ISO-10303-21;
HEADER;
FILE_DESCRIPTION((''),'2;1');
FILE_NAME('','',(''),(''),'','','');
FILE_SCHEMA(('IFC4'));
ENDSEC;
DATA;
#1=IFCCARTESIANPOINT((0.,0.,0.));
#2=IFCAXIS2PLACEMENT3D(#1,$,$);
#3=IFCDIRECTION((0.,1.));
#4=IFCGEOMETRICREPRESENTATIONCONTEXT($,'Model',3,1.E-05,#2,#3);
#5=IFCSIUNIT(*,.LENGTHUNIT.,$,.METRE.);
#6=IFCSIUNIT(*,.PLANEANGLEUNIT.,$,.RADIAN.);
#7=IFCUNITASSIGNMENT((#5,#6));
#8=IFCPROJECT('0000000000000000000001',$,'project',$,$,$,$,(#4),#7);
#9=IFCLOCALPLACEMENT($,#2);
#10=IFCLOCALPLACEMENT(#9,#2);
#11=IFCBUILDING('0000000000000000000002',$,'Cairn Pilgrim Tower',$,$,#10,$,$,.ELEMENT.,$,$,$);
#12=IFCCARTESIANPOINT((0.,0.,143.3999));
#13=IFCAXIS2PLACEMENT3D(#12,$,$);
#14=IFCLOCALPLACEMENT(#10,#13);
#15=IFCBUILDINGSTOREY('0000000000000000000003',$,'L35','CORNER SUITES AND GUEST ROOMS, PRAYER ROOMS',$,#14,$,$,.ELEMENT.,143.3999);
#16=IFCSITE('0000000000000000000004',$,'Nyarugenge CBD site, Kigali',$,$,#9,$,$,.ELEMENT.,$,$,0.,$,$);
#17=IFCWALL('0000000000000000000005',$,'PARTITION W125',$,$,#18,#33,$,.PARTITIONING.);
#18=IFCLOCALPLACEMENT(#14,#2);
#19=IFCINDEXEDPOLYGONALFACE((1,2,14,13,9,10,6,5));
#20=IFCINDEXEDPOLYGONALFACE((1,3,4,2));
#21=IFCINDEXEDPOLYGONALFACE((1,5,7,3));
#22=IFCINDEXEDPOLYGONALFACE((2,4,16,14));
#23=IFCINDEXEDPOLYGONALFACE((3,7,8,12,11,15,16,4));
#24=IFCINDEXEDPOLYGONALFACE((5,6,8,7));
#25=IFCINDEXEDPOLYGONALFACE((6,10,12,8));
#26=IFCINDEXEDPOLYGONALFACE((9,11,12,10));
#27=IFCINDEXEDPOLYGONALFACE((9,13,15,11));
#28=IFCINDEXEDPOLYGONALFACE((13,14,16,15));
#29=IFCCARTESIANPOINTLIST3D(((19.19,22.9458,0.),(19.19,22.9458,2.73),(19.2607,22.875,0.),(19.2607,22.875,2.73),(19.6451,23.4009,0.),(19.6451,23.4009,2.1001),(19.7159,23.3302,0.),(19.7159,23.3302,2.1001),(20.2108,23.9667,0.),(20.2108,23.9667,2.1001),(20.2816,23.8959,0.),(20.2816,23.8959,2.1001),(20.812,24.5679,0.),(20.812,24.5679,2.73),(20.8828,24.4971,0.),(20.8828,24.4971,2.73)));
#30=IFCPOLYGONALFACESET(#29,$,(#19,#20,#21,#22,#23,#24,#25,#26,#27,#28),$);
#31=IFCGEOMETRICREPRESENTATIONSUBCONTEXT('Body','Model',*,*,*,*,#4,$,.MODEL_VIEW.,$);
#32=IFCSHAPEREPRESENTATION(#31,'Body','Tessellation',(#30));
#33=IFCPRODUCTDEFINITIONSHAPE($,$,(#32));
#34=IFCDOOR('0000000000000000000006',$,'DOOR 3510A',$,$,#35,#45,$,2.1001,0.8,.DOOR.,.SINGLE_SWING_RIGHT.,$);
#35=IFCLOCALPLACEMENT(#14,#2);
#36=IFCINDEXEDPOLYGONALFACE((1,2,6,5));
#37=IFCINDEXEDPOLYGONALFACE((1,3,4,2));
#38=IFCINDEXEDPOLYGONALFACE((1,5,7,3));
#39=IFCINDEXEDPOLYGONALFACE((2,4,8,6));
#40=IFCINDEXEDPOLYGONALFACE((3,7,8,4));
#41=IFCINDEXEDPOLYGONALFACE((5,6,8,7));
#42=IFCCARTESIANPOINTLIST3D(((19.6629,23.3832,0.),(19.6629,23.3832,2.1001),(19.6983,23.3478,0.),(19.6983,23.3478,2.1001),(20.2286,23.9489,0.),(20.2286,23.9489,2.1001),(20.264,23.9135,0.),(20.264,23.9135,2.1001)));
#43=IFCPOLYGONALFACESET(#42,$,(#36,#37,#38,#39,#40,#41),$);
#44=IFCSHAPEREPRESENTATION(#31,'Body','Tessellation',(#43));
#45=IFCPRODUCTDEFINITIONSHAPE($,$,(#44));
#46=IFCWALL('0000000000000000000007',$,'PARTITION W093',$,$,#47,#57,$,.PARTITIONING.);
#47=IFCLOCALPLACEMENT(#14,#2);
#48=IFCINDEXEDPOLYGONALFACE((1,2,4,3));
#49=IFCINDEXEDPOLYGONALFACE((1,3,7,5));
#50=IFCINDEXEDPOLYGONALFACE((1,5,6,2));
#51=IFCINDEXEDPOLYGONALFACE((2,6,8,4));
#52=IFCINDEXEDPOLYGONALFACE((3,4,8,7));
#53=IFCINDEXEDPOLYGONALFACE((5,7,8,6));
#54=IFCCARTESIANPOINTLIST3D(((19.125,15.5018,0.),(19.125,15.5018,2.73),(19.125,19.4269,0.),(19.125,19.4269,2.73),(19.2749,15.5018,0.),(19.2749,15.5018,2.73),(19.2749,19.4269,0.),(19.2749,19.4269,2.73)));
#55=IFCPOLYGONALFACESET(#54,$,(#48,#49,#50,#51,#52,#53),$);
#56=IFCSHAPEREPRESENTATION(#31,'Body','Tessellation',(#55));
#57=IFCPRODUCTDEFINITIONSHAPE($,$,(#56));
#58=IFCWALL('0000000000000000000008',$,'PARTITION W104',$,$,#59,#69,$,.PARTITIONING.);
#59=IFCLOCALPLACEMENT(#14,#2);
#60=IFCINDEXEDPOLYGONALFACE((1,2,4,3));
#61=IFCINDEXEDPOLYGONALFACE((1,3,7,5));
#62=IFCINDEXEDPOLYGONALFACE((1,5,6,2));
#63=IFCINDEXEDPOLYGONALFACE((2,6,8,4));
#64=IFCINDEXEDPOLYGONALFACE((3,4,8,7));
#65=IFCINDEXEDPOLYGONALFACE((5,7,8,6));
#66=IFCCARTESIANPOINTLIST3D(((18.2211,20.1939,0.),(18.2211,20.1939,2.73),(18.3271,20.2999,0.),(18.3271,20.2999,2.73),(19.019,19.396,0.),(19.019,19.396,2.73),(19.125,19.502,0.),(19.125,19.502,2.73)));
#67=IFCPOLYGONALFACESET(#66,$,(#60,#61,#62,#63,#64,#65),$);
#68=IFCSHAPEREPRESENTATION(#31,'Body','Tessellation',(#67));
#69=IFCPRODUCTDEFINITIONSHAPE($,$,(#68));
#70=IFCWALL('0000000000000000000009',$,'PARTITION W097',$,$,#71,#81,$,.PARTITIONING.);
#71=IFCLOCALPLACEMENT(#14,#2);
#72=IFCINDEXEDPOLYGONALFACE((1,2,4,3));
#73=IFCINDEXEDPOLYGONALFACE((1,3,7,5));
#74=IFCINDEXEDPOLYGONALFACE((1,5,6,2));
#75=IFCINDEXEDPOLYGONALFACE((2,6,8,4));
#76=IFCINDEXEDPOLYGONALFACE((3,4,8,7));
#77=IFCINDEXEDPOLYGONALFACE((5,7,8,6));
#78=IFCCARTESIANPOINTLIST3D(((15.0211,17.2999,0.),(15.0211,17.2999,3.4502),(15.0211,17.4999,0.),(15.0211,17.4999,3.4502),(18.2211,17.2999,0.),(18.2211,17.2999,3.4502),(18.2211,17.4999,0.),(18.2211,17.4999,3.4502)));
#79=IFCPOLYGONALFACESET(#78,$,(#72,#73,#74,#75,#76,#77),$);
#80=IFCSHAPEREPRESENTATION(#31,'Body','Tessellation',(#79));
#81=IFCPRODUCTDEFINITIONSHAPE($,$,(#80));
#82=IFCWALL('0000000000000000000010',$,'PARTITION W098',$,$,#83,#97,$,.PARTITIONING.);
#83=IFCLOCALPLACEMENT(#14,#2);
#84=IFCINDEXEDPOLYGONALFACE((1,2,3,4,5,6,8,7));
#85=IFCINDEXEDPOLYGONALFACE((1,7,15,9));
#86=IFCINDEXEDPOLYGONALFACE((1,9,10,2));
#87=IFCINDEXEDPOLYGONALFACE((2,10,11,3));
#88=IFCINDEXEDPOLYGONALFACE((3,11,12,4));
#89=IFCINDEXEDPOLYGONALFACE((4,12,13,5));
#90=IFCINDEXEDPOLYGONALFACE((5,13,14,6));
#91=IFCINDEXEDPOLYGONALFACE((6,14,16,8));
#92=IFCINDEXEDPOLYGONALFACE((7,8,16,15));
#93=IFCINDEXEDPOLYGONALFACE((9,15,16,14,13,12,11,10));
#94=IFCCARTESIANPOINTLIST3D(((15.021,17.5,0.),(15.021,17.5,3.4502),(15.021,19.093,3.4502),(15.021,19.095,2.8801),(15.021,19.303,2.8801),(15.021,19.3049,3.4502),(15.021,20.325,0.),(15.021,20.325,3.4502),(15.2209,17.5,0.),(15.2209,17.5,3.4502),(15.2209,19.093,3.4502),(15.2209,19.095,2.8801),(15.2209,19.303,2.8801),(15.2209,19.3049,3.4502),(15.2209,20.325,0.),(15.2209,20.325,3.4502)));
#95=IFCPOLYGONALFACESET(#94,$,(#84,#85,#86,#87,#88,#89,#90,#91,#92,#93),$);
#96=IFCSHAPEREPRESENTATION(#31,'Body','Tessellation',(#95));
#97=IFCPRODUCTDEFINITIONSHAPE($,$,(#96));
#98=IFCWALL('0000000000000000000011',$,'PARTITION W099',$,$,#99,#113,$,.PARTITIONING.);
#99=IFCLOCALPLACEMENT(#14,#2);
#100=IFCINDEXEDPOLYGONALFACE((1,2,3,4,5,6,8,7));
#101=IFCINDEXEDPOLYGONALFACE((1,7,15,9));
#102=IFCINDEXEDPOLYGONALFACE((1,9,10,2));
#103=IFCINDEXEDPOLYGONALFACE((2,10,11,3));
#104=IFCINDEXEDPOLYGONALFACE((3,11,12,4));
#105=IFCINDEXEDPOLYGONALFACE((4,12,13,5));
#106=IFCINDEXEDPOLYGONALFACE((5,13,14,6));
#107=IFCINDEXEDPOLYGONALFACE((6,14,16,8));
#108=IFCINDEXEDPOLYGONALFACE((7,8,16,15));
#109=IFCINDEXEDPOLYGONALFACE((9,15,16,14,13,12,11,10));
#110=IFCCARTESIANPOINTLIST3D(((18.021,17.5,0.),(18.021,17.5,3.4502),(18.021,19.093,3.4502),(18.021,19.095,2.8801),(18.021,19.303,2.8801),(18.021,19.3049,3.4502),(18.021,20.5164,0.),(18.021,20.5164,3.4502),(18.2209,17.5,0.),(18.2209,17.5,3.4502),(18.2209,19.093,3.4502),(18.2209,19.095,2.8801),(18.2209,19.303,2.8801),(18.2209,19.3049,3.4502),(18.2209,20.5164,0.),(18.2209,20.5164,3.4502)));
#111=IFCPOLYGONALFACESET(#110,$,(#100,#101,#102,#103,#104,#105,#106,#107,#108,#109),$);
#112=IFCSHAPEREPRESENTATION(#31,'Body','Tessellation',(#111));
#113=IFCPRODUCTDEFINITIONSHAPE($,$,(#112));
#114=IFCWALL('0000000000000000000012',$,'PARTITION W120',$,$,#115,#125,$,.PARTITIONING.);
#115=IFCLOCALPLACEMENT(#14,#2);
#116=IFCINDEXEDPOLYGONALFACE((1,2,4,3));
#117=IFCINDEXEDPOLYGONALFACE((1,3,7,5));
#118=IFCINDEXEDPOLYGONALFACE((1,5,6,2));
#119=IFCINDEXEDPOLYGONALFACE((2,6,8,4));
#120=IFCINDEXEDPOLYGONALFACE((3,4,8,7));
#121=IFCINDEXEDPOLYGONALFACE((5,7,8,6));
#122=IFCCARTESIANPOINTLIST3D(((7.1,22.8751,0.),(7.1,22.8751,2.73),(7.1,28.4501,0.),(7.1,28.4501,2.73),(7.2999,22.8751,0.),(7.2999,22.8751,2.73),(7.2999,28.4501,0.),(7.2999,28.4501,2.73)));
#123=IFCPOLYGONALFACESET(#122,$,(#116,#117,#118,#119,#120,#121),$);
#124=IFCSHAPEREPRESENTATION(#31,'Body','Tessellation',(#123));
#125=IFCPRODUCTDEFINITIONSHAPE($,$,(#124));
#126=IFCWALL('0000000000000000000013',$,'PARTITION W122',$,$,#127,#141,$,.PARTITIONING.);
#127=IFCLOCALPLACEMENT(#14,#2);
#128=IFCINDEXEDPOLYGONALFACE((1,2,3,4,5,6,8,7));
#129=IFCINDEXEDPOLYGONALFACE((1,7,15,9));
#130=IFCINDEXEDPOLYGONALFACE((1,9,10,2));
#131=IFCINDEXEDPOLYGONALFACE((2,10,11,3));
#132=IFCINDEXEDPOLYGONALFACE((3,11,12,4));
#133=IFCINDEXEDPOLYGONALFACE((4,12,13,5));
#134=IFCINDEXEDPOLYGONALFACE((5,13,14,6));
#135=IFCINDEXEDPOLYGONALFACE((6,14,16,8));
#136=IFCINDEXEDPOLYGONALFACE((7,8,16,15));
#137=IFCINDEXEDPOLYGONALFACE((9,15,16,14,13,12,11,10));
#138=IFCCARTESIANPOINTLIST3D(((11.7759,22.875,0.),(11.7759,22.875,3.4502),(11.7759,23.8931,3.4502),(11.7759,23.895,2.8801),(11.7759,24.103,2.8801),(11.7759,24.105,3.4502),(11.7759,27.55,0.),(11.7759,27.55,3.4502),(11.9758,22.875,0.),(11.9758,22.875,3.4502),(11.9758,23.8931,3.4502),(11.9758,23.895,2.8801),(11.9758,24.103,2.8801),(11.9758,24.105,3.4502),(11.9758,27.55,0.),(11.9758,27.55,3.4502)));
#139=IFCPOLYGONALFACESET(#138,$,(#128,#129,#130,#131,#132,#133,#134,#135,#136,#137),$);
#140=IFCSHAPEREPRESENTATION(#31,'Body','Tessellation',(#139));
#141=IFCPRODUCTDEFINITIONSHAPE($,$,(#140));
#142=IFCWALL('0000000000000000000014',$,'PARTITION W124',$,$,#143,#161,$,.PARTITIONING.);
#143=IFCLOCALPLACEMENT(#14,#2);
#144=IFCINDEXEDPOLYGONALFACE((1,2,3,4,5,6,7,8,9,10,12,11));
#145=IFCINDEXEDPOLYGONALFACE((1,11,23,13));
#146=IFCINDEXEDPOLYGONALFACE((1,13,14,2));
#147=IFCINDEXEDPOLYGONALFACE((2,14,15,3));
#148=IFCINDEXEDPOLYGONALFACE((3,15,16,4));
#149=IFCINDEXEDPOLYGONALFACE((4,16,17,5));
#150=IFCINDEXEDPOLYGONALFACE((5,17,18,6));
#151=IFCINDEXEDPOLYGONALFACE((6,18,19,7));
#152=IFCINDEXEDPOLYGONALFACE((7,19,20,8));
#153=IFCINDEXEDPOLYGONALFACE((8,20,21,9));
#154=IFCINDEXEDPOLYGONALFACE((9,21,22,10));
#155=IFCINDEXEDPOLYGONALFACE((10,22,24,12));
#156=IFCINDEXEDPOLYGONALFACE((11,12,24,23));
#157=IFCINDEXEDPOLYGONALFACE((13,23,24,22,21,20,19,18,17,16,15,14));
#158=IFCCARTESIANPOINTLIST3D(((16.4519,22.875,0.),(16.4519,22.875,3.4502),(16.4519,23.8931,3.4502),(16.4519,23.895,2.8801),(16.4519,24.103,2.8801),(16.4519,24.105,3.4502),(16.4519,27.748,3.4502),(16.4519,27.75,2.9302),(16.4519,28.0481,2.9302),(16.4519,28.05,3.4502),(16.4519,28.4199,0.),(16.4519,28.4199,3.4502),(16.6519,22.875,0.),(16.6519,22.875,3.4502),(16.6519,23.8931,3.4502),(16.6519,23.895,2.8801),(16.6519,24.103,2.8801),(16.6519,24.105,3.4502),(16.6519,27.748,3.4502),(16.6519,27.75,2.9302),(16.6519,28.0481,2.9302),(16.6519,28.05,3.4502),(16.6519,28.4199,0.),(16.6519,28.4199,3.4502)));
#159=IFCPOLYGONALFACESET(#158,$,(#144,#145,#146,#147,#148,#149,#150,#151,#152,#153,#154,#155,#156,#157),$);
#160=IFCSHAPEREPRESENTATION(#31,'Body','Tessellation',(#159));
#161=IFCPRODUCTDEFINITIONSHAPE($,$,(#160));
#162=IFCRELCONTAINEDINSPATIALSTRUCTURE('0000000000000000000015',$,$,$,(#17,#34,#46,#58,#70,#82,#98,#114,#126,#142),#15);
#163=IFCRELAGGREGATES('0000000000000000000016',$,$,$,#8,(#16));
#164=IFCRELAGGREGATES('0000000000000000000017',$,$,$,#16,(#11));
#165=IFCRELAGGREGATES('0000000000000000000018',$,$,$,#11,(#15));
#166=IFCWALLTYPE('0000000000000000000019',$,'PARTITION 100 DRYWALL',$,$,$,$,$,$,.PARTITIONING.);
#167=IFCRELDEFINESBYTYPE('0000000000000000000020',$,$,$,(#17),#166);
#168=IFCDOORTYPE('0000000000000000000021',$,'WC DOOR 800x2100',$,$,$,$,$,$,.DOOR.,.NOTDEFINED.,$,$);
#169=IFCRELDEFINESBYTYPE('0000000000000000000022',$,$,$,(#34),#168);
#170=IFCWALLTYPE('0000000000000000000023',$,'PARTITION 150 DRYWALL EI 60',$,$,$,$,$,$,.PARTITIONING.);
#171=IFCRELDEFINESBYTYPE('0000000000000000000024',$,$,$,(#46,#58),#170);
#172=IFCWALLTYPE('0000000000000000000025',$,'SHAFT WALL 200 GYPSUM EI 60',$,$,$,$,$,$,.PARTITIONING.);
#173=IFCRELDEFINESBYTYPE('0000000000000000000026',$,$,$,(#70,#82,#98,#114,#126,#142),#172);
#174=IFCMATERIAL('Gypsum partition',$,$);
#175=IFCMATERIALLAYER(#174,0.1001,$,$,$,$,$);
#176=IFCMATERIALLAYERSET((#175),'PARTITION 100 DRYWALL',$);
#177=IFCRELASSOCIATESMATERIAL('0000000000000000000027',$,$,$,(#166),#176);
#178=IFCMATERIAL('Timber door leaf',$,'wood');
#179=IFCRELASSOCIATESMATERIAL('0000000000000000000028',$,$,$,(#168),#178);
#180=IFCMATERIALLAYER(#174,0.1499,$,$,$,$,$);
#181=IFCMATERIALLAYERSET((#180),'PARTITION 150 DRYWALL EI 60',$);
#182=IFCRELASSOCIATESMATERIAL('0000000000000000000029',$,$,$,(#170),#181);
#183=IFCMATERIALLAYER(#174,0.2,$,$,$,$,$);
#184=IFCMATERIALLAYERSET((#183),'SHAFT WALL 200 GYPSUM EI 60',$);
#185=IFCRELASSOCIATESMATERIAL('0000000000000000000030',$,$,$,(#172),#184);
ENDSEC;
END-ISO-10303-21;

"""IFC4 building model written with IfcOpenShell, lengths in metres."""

from ifc_helpers import new_model, si_unit, direction, frame, frame_2d, origin, place, context, subcontext, project, spatial, polyline, rectangle, outline, extrude, material, layer, layer_set, type_object, element, fill, save


model = new_model("IFC4")

# Units and contexts
model_context = context("Model", 3, precision=1e-05, world=origin(), true_north=direction((0.0, 1.0)))
body_context = subcontext(model_context, "Body", "Model", "MODEL_VIEW")
ifc_project = project(units=[si_unit("LENGTHUNIT", "METRE"), si_unit("PLANEANGLEUNIT", "RADIAN")], contexts=[model_context])

# Site, building, storey
site_placement = place(None, origin())
site = spatial("IfcSite", under=ifc_project, at=site_placement, Name="Nyarugenge CBD site, Kigali", CompositionType="ELEMENT", RefElevation=0.0)
building_placement = place(site_placement, origin())
building = spatial("IfcBuilding", under=site, at=building_placement, Name="Cairn Pilgrim Tower", CompositionType="ELEMENT")
storey_placement = place(building_placement, frame((0.0, 0.0, 143.3999)))
storey = spatial("IfcBuildingStorey", under=building, at=storey_placement, Name="L35", Description="CORNER SUITES AND GUEST ROOMS, PRAYER ROOMS", CompositionType="ELEMENT", Elevation=143.3999)

# Shared definitions
ifc_material_1 = material(Name="Gypsum partition")
ifc_layer_1 = layer(ifc_material_1, 0.1001)
ifc_layer_set_1 = layer_set([ifc_layer_1], Name="PARTITION 100 DRYWALL")
wall_type_1 = type_object("IfcWallType", Name="PARTITION 100 DRYWALL", PredefinedType="PARTITIONING", material=ifc_layer_set_1)

# Wall, opening, door
wall_1_placement = place(storey_placement, frame((19.2253, 22.9104, 0.0), z_axis=(0.0, 0.0, 1.0), x_axis=(0.707107, 0.707107, 0.0)))
wall_1 = element("IfcWall", 1, at=wall_1_placement, inside=storey, type_object=wall_type_1, Name="PARTITION W125", PredefinedType="PARTITIONING", context=body_context, shape_type="SweptSolid", body=[
    extrude(rectangle(XDim=2.2939, YDim=0.1001, at=frame_2d((1.147, 0.0))), origin(), (0.0, 0.0, 1.0), 2.73),
])
opening_placement = place(wall_1_placement, frame((0.6438, 0.0, 0.0)))
opening = element("IfcOpeningElement", 2, at=opening_placement, cuts=wall_1, PredefinedType="OPENING", context=body_context, shape_type="SweptSolid", body=[
    extrude(rectangle(XDim=0.8, YDim=2.1001, at=frame_2d((0.3999, 1.05))), frame((0.0, 0.0601, 0.0), z_axis=(0.0, -1.0, 0.0), x_axis=(1.0, 0.0, 0.0)), (0.0, 0.0, 1.0), 0.1201),
])
ifc_material_2 = material(Name="Timber door leaf", Category="wood")
door_type = type_object("IfcDoorType", Name="WC DOOR 800x2100", OperationType="NOTDEFINED", PredefinedType="DOOR", material=ifc_material_2)
door_placement = place(opening_placement, origin())
door = element("IfcDoor", 3, at=door_placement, inside=storey, type_object=door_type, Name="DOOR 3510A", OperationType="SINGLE_SWING_RIGHT", OverallHeight=2.1001, OverallWidth=0.8, PredefinedType="DOOR", context=body_context, shape_type="SweptSolid", body=[
    extrude(rectangle(XDim=0.8, YDim=2.1001, at=frame_2d((0.3999, 1.05))), frame((0.0, 0.0249, 0.0), z_axis=(0.0, -1.0, 0.0), x_axis=(1.0, 0.0, 0.0)), (0.0, 0.0, 1.0), 0.05),
])
fill(opening, door)

# Walls
ifc_layer_2 = layer(ifc_material_1, 0.1499)
ifc_layer_set_2 = layer_set([ifc_layer_2], Name="PARTITION 150 DRYWALL EI 60")
wall_type_2 = type_object("IfcWallType", Name="PARTITION 150 DRYWALL EI 60", PredefinedType="PARTITIONING", material=ifc_layer_set_2)
wall_2_placement = place(storey_placement, frame((19.2, 15.502, 0.0), z_axis=(0.0, 0.0, 1.0), x_axis=(0.0, 1.0, 0.0)))
element("IfcWall", 4, at=wall_2_placement, inside=storey, type_object=wall_type_2, Name="PARTITION W093", PredefinedType="PARTITIONING", context=body_context, shape_type="SweptSolid", body=[
    extrude(rectangle(XDim=3.925, YDim=0.1499, at=frame_2d((1.9624, 0.0))), origin(), (0.0, 0.0, 1.0), 2.73),
])
wall_3_placement = place(storey_placement, frame((19.072, 19.449, 0.0), z_axis=(0.0, 0.0, 1.0), x_axis=(-0.707107, 0.707107, 0.0)))
element("IfcWall", 5, at=wall_3_placement, inside=storey, type_object=wall_type_2, Name="PARTITION W104", PredefinedType="PARTITIONING", context=body_context, shape_type="SweptSolid", body=[
    extrude(rectangle(XDim=1.1284, YDim=0.1499, at=frame_2d((0.5642, 0.0))), origin(), (0.0, 0.0, 1.0), 2.73),
])
ifc_layer_3 = layer(ifc_material_1, 0.2)
ifc_layer_set_3 = layer_set([ifc_layer_3], Name="SHAFT WALL 200 GYPSUM EI 60")
wall_type_3 = type_object("IfcWallType", Name="SHAFT WALL 200 GYPSUM EI 60", PredefinedType="PARTITIONING", material=ifc_layer_set_3)
wall_4_placement = place(storey_placement, frame((15.021, 17.3999, 0.0), z_axis=(0.0, 0.0, 1.0), x_axis=(1.0, 0.0, 0.0)))
element("IfcWall", 6, at=wall_4_placement, inside=storey, type_object=wall_type_3, Name="PARTITION W097", PredefinedType="PARTITIONING", context=body_context, shape_type="SweptSolid", body=[
    extrude(rectangle(XDim=3.2, YDim=0.2, at=frame_2d((1.6001, 0.0))), origin(), (0.0, 0.0, 1.0), 3.4502),
])
wall_5_placement = place(storey_placement, frame((15.1211, 17.5, 0.0), z_axis=(0.0, 0.0, 1.0), x_axis=(0.0, 1.0, 0.0)))
element("IfcWall", 7, at=wall_5_placement, inside=storey, type_object=wall_type_3, Name="PARTITION W098", PredefinedType="PARTITIONING", context=body_context, shape_type="SweptSolid", body=[
    extrude(outline(polyline([(0.0, 0.0), (2.825, 0.0), (2.825, 3.4502), (1.8049, 3.4502), (1.803, 2.8801), (1.595, 2.8801), (1.593, 3.4502), (0.0, 3.4502), (0.0, 0.0)])), frame((0.0, 0.1001, 0.0), z_axis=(0.0, -1.0, 0.0), x_axis=(1.0, 0.0, 0.0)), (0.0, 0.0, 1.0), 0.2),
])
wall_6_placement = place(storey_placement, frame((18.1211, 17.5, 0.0), z_axis=(0.0, 0.0, 1.0), x_axis=(0.0, 1.0, 0.0)))
element("IfcWall", 8, at=wall_6_placement, inside=storey, type_object=wall_type_3, Name="PARTITION W099", PredefinedType="PARTITIONING", context=body_context, shape_type="SweptSolid", body=[
    extrude(outline(polyline([(0.0, 0.0), (3.0164, 0.0), (3.0164, 3.4502), (1.8049, 3.4502), (1.803, 2.8801), (1.595, 2.8801), (1.593, 3.4502), (0.0, 3.4502), (0.0, 0.0)])), frame((0.0, 0.1001, 0.0), z_axis=(0.0, -1.0, 0.0), x_axis=(1.0, 0.0, 0.0)), (0.0, 0.0, 1.0), 0.2),
])
wall_7_placement = place(storey_placement, frame((7.2, 22.875, 0.0), z_axis=(0.0, 0.0, 1.0), x_axis=(0.0, 1.0, 0.0)))
element("IfcWall", 9, at=wall_7_placement, inside=storey, type_object=wall_type_3, Name="PARTITION W120", PredefinedType="PARTITIONING", context=body_context, shape_type="SweptSolid", body=[
    extrude(rectangle(XDim=5.575, YDim=0.2, at=frame_2d((2.7876, 0.0))), origin(), (0.0, 0.0, 1.0), 2.73),
])
wall_8_placement = place(storey_placement, frame((11.876, 22.875, 0.0), z_axis=(0.0, 0.0, 1.0), x_axis=(0.0, 1.0, 0.0)))
element("IfcWall", 10, at=wall_8_placement, inside=storey, type_object=wall_type_3, Name="PARTITION W122", PredefinedType="PARTITIONING", context=body_context, shape_type="SweptSolid", body=[
    extrude(outline(polyline([(0.0, 0.0), (4.675, 0.0), (4.675, 3.4502), (1.23, 3.4502), (1.228, 2.8801), (1.02, 2.8801), (1.0181, 3.4502), (0.0, 3.4502), (0.0, 0.0)])), frame((0.0, 0.1001, 0.0), z_axis=(0.0, -1.0, 0.0), x_axis=(1.0, 0.0, 0.0)), (0.0, 0.0, 1.0), 0.2),
])
wall_9_placement = place(storey_placement, frame((16.552, 22.875, 0.0), z_axis=(0.0, 0.0, 1.0), x_axis=(0.0, 1.0, 0.0)))
element("IfcWall", 11, at=wall_9_placement, inside=storey, type_object=wall_type_3, Name="PARTITION W124", PredefinedType="PARTITIONING", context=body_context, shape_type="SweptSolid", body=[
    extrude(outline(polyline([(0.0, 0.0), (5.5449, 0.0), (5.5449, 3.4502), (5.175, 3.4502), (5.1731, 2.9302), (4.875, 2.9302), (4.873, 3.4502), (1.23, 3.4502), (1.228, 2.8801), (1.02, 2.8801), (1.0181, 3.4502), (0.0, 3.4502), (0.0, 0.0)])), frame((0.0, 0.1001, 0.0), z_axis=(0.0, -1.0, 0.0), x_axis=(1.0, 0.0, 0.0)), (0.0, 0.0, 1.0), 0.2),
])

save(model, "model.ifc")
